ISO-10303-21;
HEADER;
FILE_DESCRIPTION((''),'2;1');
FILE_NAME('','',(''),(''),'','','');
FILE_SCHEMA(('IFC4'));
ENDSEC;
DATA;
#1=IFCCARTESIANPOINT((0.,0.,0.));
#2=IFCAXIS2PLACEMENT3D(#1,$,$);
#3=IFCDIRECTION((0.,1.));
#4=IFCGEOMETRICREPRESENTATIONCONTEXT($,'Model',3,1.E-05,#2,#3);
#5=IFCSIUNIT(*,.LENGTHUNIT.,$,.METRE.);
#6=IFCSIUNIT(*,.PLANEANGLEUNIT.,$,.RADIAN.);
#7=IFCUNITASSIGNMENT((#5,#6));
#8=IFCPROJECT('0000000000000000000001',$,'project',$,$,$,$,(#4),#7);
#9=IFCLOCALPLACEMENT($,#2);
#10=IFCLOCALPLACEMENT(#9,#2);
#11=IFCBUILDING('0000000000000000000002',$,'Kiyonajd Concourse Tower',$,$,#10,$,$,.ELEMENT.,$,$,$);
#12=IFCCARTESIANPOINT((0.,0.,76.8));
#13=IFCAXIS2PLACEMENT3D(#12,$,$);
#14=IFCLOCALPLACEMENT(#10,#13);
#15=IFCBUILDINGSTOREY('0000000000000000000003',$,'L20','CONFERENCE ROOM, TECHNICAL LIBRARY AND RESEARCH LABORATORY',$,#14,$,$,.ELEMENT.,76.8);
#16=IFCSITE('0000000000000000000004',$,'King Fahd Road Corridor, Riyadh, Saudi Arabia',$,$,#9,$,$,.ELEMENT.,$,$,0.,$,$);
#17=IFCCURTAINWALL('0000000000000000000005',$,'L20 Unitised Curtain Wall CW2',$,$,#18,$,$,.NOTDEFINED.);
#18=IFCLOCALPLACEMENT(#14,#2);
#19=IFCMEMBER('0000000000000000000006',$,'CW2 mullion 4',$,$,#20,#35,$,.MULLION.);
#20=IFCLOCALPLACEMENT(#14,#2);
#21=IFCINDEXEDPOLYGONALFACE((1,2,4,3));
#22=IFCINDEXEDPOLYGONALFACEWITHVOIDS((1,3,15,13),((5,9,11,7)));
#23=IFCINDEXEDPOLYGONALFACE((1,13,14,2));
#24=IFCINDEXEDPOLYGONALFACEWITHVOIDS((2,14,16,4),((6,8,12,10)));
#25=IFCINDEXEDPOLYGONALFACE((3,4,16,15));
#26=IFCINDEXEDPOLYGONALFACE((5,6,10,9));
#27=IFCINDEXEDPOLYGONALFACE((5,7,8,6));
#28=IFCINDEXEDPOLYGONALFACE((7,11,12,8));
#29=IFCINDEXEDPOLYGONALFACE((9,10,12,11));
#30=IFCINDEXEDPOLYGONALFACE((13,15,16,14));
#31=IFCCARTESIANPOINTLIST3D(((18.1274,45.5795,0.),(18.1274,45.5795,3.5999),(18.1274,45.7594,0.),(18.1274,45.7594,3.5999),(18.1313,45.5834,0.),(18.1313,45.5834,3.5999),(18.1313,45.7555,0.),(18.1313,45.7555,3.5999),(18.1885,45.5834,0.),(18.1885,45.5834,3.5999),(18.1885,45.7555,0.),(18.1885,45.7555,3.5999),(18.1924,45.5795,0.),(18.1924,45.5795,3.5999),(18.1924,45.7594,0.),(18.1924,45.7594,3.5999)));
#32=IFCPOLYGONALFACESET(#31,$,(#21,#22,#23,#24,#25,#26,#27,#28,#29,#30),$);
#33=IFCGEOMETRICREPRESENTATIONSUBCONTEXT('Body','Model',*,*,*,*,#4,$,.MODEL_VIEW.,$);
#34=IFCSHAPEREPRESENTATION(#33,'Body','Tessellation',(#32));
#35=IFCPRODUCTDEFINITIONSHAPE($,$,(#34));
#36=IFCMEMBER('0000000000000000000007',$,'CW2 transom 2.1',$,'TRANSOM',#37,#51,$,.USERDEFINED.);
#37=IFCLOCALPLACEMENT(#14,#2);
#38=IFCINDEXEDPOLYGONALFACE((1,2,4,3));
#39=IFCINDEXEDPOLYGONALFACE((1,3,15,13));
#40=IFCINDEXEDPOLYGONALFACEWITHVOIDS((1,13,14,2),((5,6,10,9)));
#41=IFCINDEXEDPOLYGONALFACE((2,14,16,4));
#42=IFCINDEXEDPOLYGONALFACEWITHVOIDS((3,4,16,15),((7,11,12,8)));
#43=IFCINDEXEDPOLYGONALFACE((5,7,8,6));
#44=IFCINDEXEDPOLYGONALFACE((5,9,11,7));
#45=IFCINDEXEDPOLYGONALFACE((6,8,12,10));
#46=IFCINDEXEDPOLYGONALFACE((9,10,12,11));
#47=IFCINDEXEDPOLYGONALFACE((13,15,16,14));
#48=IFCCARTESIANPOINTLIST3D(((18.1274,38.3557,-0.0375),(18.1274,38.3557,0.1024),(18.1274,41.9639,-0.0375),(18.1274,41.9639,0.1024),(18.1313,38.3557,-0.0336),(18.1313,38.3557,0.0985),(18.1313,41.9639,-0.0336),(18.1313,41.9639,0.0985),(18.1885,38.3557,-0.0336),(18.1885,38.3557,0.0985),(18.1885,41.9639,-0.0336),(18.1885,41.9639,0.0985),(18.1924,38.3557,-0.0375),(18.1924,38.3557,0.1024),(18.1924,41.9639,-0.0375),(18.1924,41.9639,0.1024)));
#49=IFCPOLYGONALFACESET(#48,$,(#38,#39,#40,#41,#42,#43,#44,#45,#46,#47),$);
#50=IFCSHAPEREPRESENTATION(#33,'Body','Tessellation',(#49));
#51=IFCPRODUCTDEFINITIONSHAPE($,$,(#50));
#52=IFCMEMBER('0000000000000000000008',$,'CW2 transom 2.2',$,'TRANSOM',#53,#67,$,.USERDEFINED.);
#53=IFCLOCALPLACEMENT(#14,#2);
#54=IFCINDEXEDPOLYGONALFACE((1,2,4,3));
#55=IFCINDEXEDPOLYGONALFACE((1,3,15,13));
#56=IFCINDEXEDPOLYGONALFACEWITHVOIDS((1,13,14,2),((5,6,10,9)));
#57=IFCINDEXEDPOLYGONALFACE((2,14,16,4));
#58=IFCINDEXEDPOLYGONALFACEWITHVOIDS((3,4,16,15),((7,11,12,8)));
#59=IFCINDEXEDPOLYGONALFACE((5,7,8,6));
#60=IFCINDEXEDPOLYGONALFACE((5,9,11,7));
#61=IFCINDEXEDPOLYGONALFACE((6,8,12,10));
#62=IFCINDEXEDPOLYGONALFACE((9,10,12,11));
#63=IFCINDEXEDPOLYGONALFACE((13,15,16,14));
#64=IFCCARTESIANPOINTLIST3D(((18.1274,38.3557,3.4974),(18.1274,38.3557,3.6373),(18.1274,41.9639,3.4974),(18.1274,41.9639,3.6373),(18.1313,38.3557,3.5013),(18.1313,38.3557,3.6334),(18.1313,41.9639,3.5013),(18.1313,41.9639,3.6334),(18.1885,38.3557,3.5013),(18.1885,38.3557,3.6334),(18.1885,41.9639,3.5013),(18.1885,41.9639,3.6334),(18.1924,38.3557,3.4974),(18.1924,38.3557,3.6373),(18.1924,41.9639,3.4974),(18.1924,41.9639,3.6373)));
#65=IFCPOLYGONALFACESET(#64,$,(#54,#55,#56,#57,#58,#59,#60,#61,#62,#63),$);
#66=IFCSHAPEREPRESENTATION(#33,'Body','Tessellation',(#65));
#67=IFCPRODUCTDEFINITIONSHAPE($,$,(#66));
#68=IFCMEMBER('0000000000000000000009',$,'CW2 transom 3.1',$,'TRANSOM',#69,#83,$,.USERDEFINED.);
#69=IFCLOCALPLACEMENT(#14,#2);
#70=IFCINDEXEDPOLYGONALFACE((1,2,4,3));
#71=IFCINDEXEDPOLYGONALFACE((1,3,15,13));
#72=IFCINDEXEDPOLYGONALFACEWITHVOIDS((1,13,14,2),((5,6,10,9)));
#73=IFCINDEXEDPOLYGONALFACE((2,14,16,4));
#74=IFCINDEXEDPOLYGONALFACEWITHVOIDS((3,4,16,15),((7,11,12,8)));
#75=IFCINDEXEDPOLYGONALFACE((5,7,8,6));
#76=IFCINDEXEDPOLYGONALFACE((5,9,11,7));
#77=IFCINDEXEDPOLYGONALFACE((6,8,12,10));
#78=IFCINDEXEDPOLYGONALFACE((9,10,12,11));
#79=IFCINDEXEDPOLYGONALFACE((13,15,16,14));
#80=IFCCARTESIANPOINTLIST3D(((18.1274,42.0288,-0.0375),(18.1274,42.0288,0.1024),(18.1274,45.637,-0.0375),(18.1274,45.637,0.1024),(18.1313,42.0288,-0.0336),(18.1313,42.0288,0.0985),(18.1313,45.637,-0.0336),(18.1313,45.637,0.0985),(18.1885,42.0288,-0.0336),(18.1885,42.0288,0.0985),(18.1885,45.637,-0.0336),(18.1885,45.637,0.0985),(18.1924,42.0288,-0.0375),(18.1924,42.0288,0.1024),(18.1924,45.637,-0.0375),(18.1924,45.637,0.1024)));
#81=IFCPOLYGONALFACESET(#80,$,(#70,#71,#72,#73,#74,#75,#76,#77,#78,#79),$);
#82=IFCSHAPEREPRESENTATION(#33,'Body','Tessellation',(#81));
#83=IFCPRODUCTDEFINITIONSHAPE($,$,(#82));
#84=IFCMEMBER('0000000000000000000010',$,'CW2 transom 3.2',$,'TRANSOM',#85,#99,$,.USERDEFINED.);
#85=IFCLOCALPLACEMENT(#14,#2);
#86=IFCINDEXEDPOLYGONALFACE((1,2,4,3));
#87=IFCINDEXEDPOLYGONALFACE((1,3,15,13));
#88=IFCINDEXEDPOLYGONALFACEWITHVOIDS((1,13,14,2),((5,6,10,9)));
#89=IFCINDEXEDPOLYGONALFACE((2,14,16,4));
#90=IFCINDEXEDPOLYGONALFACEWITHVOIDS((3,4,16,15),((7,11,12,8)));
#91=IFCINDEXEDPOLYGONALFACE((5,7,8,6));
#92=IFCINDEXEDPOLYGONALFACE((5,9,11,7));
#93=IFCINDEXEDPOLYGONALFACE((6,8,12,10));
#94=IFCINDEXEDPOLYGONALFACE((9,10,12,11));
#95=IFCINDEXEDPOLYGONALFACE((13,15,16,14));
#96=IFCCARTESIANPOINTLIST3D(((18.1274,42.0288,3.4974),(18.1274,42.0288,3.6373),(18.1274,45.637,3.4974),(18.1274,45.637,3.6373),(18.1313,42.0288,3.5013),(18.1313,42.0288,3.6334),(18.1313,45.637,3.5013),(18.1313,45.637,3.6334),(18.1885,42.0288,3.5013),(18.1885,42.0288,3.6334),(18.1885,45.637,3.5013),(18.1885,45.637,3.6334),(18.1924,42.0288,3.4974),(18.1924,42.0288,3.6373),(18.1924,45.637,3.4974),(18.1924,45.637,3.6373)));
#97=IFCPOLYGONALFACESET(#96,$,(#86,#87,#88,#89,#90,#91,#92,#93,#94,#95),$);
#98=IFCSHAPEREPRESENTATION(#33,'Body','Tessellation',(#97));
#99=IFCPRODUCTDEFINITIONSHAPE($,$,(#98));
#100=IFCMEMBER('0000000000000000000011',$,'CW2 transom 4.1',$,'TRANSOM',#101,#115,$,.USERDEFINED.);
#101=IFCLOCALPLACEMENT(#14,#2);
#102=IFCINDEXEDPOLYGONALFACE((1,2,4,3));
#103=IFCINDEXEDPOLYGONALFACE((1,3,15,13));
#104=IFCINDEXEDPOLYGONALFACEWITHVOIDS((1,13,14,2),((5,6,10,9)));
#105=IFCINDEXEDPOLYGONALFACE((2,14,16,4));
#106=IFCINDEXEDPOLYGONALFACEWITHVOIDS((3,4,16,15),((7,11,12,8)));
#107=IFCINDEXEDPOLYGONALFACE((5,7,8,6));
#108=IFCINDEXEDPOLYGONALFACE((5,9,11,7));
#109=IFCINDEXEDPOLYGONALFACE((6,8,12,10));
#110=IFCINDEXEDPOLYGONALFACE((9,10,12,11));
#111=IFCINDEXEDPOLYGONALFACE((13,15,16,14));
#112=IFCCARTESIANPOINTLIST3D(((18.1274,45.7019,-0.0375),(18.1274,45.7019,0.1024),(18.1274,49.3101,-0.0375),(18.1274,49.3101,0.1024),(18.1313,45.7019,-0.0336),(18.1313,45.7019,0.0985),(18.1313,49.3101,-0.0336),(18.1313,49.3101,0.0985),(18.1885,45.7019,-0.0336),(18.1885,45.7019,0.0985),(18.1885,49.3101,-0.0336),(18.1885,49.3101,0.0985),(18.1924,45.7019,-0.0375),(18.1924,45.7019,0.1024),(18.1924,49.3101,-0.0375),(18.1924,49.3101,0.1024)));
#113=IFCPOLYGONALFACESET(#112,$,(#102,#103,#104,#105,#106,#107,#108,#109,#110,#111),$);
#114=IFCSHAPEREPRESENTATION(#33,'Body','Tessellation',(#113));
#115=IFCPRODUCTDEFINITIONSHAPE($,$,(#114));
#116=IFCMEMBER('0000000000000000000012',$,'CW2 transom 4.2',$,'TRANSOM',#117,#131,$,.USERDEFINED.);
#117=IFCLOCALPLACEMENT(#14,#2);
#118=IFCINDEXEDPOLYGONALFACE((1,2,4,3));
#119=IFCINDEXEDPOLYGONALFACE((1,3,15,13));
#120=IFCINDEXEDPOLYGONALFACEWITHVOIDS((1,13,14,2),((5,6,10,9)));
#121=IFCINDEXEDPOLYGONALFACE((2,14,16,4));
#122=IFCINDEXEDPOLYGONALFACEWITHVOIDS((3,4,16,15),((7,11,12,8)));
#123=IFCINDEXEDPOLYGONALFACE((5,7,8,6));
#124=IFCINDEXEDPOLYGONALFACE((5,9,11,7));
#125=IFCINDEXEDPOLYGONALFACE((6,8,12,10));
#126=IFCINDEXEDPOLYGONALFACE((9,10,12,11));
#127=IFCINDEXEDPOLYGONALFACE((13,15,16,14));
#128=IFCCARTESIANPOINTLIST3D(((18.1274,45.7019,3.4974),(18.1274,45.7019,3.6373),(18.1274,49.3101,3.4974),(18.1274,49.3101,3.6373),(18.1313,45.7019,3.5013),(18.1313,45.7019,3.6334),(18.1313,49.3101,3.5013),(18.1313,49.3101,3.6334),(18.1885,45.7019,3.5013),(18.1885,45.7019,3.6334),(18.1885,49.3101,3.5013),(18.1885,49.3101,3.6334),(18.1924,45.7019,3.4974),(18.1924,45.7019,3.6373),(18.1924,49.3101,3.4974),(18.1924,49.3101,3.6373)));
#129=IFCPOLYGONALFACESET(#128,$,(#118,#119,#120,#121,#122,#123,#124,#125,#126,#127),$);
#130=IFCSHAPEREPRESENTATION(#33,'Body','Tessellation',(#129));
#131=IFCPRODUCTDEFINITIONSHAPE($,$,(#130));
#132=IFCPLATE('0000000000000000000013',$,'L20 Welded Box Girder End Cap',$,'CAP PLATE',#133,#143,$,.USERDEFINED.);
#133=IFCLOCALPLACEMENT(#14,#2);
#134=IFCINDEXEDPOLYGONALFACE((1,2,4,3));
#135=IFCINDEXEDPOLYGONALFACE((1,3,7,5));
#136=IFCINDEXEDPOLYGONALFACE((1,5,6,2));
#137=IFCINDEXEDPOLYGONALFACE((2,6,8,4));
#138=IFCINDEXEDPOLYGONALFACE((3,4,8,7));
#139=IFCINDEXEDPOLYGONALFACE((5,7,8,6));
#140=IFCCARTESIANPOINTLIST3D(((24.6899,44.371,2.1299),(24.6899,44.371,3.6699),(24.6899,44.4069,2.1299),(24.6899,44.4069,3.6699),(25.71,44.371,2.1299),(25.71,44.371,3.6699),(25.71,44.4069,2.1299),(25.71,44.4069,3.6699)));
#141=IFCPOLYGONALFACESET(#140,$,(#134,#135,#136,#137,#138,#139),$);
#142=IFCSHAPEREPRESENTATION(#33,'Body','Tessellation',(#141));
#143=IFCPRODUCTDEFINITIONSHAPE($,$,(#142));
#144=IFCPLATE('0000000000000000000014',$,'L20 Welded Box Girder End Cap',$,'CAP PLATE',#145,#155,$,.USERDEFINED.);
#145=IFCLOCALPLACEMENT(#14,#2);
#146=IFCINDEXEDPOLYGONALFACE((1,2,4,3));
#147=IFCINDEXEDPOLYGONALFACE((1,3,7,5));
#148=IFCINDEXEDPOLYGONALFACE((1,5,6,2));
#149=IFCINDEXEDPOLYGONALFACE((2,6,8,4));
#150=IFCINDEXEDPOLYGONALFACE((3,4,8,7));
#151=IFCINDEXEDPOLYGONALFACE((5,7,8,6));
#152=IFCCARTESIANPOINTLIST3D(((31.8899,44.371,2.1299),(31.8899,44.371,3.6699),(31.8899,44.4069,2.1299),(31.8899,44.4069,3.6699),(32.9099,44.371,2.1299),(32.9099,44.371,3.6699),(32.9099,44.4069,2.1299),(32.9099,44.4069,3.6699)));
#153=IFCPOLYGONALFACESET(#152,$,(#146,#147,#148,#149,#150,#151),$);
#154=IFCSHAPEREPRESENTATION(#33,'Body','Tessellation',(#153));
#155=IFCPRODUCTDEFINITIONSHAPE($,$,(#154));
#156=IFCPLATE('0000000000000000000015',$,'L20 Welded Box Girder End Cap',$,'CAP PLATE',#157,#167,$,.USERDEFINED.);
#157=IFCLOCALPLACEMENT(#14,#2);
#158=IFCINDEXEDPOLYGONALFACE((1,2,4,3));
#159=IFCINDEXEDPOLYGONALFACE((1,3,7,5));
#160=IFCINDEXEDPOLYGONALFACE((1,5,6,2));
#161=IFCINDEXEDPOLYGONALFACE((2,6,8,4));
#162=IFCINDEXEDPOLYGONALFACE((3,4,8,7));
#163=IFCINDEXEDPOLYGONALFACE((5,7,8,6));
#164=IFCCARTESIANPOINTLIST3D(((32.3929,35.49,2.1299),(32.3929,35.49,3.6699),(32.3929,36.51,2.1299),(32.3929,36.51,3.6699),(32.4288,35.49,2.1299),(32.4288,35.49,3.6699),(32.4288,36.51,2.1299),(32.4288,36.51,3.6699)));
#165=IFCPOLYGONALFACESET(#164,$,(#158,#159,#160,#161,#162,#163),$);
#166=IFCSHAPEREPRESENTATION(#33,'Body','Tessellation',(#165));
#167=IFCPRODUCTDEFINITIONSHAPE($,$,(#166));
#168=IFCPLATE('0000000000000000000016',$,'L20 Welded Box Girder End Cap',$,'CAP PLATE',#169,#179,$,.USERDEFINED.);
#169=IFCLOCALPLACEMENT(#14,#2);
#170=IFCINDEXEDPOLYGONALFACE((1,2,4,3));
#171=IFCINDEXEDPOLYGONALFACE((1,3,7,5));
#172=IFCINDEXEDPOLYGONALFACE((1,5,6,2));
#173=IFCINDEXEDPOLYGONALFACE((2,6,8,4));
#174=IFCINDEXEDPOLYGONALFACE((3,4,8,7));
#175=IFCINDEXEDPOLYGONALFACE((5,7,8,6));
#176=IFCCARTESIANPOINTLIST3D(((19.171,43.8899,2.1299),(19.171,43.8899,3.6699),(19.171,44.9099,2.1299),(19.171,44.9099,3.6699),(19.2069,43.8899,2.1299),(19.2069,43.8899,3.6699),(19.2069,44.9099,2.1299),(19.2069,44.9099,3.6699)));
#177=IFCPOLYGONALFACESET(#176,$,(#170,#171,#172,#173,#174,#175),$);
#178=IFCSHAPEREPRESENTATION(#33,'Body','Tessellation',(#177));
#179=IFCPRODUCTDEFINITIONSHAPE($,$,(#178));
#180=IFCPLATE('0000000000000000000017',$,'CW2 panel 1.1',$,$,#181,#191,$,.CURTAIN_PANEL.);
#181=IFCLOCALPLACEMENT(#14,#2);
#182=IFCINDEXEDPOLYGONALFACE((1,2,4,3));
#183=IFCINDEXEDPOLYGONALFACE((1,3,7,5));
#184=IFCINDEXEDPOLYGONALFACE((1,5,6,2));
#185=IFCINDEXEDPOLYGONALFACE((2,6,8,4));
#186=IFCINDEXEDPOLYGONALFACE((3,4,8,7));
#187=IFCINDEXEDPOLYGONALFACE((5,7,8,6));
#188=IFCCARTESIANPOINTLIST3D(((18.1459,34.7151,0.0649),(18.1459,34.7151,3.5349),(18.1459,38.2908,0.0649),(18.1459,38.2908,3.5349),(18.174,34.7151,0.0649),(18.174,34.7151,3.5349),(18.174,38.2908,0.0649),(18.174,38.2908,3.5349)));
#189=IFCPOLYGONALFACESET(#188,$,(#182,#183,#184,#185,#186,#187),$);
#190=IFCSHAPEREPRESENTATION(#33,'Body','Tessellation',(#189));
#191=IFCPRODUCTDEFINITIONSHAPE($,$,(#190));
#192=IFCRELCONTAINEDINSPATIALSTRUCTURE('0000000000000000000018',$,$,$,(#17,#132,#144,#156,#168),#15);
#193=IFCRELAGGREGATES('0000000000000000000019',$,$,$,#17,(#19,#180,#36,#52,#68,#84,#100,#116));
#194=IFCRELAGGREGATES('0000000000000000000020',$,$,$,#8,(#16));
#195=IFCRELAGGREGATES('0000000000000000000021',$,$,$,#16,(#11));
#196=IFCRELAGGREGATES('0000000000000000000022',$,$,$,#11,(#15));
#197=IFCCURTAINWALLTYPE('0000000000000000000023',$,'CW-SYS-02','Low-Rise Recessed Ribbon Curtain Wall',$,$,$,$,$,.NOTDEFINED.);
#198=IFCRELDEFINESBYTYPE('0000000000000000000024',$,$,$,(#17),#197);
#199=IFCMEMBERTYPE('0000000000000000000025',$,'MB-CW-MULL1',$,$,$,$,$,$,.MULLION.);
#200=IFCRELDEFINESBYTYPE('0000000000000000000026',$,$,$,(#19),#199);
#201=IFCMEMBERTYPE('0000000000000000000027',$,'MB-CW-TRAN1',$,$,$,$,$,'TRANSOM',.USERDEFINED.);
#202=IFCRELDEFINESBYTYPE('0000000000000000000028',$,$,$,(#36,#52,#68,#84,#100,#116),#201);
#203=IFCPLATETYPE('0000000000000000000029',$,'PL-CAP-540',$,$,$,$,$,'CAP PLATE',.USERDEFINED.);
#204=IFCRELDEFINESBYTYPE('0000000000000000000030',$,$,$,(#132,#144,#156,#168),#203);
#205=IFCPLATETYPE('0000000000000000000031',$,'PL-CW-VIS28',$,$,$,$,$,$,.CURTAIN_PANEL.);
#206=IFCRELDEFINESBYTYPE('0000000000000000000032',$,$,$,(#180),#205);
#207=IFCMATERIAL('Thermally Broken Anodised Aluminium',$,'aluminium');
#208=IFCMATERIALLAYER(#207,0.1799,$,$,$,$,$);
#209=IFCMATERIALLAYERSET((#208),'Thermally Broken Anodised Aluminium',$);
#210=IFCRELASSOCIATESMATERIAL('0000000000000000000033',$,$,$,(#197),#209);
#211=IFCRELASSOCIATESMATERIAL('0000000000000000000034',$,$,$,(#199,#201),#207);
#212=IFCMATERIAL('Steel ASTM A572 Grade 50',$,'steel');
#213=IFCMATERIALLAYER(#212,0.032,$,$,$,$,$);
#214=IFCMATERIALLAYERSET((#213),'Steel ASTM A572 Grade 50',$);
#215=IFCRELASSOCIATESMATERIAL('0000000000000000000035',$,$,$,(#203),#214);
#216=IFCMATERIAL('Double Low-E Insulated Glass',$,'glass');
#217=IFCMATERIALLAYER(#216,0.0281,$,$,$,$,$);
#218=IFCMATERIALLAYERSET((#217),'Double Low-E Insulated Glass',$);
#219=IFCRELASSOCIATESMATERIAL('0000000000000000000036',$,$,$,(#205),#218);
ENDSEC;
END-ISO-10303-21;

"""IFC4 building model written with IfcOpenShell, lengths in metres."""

from ifc_helpers import new_model, si_unit, direction, frame, origin, origin_2d, place, context, subcontext, project, spatial, rectangle, hollow_rectangle, extrude, material, layer, layer_set, material_profile, profile_set, type_object, element, aggregate, save


model = new_model("IFC4")

# Units and contexts
model_context = context("Model", 3, precision=1e-05, world=origin(), true_north=direction((0.0, 1.0)))
body_context = subcontext(model_context, "Body", "Model", "MODEL_VIEW")
ifc_project = project(units=[si_unit("LENGTHUNIT", "METRE"), si_unit("PLANEANGLEUNIT", "RADIAN")], contexts=[model_context])

# Site, building, storey
site_placement = place(None, origin())
site = spatial("IfcSite", under=ifc_project, at=site_placement, Name="King Fahd Road Corridor, Riyadh, Saudi Arabia", CompositionType="ELEMENT", RefElevation=0.0)
building_placement = place(site_placement, origin())
building = spatial("IfcBuilding", under=site, at=building_placement, Name="Kiyonajd Concourse Tower", CompositionType="ELEMENT")
storey_placement = place(building_placement, frame((0.0, 0.0, 76.8)))
storey = spatial("IfcBuildingStorey", under=building, at=storey_placement, Name="L20", Description="CONFERENCE ROOM, TECHNICAL LIBRARY AND RESEARCH LABORATORY", CompositionType="ELEMENT", Elevation=76.8)

# Shared definitions
ifc_material_1 = material(Name="Steel ASTM A572 Grade 50", Category="steel")

# Curtain wall, members
ifc_material_2 = material(Name="Thermally Broken Anodised Aluminium", Category="aluminium")
ifc_layer_1 = layer(ifc_material_2, 0.1799)
ifc_layer_set_1 = layer_set([ifc_layer_1], Name="Thermally Broken Anodised Aluminium")
curtain_wall_type = type_object("IfcCurtainWallType", Name="CW-SYS-02", Description="Low-Rise Recessed Ribbon Curtain Wall", PredefinedType="NOTDEFINED", material=ifc_layer_set_1)
curtain_wall_placement = place(storey_placement, origin())
curtain_wall = element("IfcCurtainWall", 1, at=curtain_wall_placement, inside=storey, type_object=curtain_wall_type, Name="L20 Unitised Curtain Wall CW2", PredefinedType="NOTDEFINED")
ifc_material_profile_1 = material_profile(ifc_material_2, hollow_rectangle(XDim=0.0649, YDim=0.1799, WallThickness=0.0039, at=origin_2d()), Name="MULL-65x180")
ifc_profile_set_1 = profile_set([ifc_material_profile_1], Name="Thermally Broken Anodised Aluminium")
member_type_1 = type_object("IfcMemberType", Name="MB-CW-MULL1", PredefinedType="MULLION", material=ifc_profile_set_1)
member_1_placement = place(storey_placement, frame((18.1599, 45.6694, 0.0), z_axis=(0.0, 0.0, 1.0), x_axis=(-1.0, 0.0, 0.0)))
member_1 = element("IfcMember", 2, at=member_1_placement, type_object=member_type_1, Name="CW2 mullion 4", PredefinedType="MULLION", context=body_context, shape_type="SweptSolid", body=[
    extrude(hollow_rectangle(XDim=0.0649, YDim=0.1799, WallThickness=0.0039, at=origin_2d()), origin(), (0.0, 0.0, 1.0), 3.5999),
])
ifc_material_profile_2 = material_profile(ifc_material_2, hollow_rectangle(XDim=0.0649, YDim=0.1399, WallThickness=0.0039, at=origin_2d()), Name="TRAN-65x140")
ifc_profile_set_2 = profile_set([ifc_material_profile_2], Name="Thermally Broken Anodised Aluminium")
member_type_2 = type_object("IfcMemberType", Name="MB-CW-TRAN1", ElementType="TRANSOM", PredefinedType="USERDEFINED", material=ifc_profile_set_2)
member_2_placement = place(storey_placement, frame((18.1599, 38.3557, 0.0325), z_axis=(0.0, 1.0, 0.0), x_axis=(-1.0, 0.0, 0.0)))
member_2 = element("IfcMember", 3, at=member_2_placement, type_object=member_type_2, Name="CW2 transom 2.1", ObjectType="TRANSOM", PredefinedType="USERDEFINED", context=body_context, shape_type="SweptSolid", body=[
    extrude(hollow_rectangle(XDim=0.0649, YDim=0.1399, WallThickness=0.0039, at=origin_2d()), origin(), (0.0, 0.0, 1.0), 3.6082),
])
member_3_placement = place(storey_placement, frame((18.1599, 38.3557, 3.5674), z_axis=(0.0, 1.0, 0.0), x_axis=(-1.0, 0.0, 0.0)))
member_3 = element("IfcMember", 4, at=member_3_placement, type_object=member_type_2, Name="CW2 transom 2.2", ObjectType="TRANSOM", PredefinedType="USERDEFINED", context=body_context, shape_type="SweptSolid", body=[
    extrude(hollow_rectangle(XDim=0.0649, YDim=0.1399, WallThickness=0.0039, at=origin_2d()), origin(), (0.0, 0.0, 1.0), 3.6082),
])
member_4_placement = place(storey_placement, frame((18.1599, 42.0288, 0.0325), z_axis=(0.0, 1.0, 0.0), x_axis=(-1.0, 0.0, 0.0)))
member_4 = element("IfcMember", 5, at=member_4_placement, type_object=member_type_2, Name="CW2 transom 3.1", ObjectType="TRANSOM", PredefinedType="USERDEFINED", context=body_context, shape_type="SweptSolid", body=[
    extrude(hollow_rectangle(XDim=0.0649, YDim=0.1399, WallThickness=0.0039, at=origin_2d()), origin(), (0.0, 0.0, 1.0), 3.6082),
])
member_5_placement = place(storey_placement, frame((18.1599, 42.0288, 3.5674), z_axis=(0.0, 1.0, 0.0), x_axis=(-1.0, 0.0, 0.0)))
member_5 = element("IfcMember", 6, at=member_5_placement, type_object=member_type_2, Name="CW2 transom 3.2", ObjectType="TRANSOM", PredefinedType="USERDEFINED", context=body_context, shape_type="SweptSolid", body=[
    extrude(hollow_rectangle(XDim=0.0649, YDim=0.1399, WallThickness=0.0039, at=origin_2d()), origin(), (0.0, 0.0, 1.0), 3.6082),
])
member_6_placement = place(storey_placement, frame((18.1599, 45.7019, 0.0325), z_axis=(0.0, 1.0, 0.0), x_axis=(-1.0, 0.0, 0.0)))
member_6 = element("IfcMember", 7, at=member_6_placement, type_object=member_type_2, Name="CW2 transom 4.1", ObjectType="TRANSOM", PredefinedType="USERDEFINED", context=body_context, shape_type="SweptSolid", body=[
    extrude(hollow_rectangle(XDim=0.0649, YDim=0.1399, WallThickness=0.0039, at=origin_2d()), origin(), (0.0, 0.0, 1.0), 3.6082),
])
member_7_placement = place(storey_placement, frame((18.1599, 45.7019, 3.5674), z_axis=(0.0, 1.0, 0.0), x_axis=(-1.0, 0.0, 0.0)))
member_7 = element("IfcMember", 8, at=member_7_placement, type_object=member_type_2, Name="CW2 transom 4.2", ObjectType="TRANSOM", PredefinedType="USERDEFINED", context=body_context, shape_type="SweptSolid", body=[
    extrude(hollow_rectangle(XDim=0.0649, YDim=0.1399, WallThickness=0.0039, at=origin_2d()), origin(), (0.0, 0.0, 1.0), 3.6082),
])

# Plates
ifc_layer_2 = layer(ifc_material_1, 0.032)
ifc_layer_set_2 = layer_set([ifc_layer_2], Name="Steel ASTM A572 Grade 50")
plate_type_1 = type_object("IfcPlateType", Name="PL-CAP-540", ElementType="CAP PLATE", PredefinedType="USERDEFINED", material=ifc_layer_set_2)
for number, where, z_axis, x_axis, name in (
    (9, (25.2, 44.3889, 2.1299), (0.0, 0.0, 1.0), (0.0, -1.0, 0.0), "L20 Welded Box Girder End Cap"),
    (10, (32.3999, 44.3889, 2.1299), (0.0, 0.0, 1.0), (0.0, -1.0, 0.0), "L20 Welded Box Girder End Cap"),
    (11, (32.4109, 36.0, 2.1299), (0.0, 0.0, 1.0), (1.0, 0.0, 0.0), "L20 Welded Box Girder End Cap"),
    (12, (19.189, 44.3999, 2.1299), (0.0, 0.0, 1.0), (-1.0, 0.0, 0.0), "L20 Welded Box Girder End Cap"),
):
    element("IfcPlate", number, at=place(storey_placement, frame(where, z_axis=z_axis, x_axis=x_axis)), inside=storey, type_object=plate_type_1, Name=name, ObjectType="CAP PLATE", PredefinedType="USERDEFINED", context=body_context, shape_type="SweptSolid", body=[
        extrude(rectangle(XDim=0.0359, YDim=1.02, at=origin_2d()), origin(), (0.0, 0.0, 1.0), 1.54),
    ])

# Plate
ifc_material_3 = material(Name="Double Low-E Insulated Glass", Category="glass")
ifc_layer_3 = layer(ifc_material_3, 0.0281)
ifc_layer_set_3 = layer_set([ifc_layer_3], Name="Double Low-E Insulated Glass")
plate_type_2 = type_object("IfcPlateType", Name="PL-CW-VIS28", PredefinedType="CURTAIN_PANEL", material=ifc_layer_set_3)
plate_1_placement = place(storey_placement, frame((18.1599, 36.5029, 0.0649), z_axis=(0.0, 0.0, 1.0), x_axis=(0.0, 1.0, 0.0)))
plate_1 = element("IfcPlate", 13, at=plate_1_placement, type_object=plate_type_2, Name="CW2 panel 1.1", PredefinedType="CURTAIN_PANEL", context=body_context, shape_type="SweptSolid", body=[
    extrude(rectangle(XDim=3.5757, YDim=0.0281, at=origin_2d()), origin(), (0.0, 0.0, 1.0), 3.47),
])
aggregate(curtain_wall, [member_1, plate_1, member_2, member_3, member_4, member_5, member_6, member_7])

save(model, "model.ifc")
